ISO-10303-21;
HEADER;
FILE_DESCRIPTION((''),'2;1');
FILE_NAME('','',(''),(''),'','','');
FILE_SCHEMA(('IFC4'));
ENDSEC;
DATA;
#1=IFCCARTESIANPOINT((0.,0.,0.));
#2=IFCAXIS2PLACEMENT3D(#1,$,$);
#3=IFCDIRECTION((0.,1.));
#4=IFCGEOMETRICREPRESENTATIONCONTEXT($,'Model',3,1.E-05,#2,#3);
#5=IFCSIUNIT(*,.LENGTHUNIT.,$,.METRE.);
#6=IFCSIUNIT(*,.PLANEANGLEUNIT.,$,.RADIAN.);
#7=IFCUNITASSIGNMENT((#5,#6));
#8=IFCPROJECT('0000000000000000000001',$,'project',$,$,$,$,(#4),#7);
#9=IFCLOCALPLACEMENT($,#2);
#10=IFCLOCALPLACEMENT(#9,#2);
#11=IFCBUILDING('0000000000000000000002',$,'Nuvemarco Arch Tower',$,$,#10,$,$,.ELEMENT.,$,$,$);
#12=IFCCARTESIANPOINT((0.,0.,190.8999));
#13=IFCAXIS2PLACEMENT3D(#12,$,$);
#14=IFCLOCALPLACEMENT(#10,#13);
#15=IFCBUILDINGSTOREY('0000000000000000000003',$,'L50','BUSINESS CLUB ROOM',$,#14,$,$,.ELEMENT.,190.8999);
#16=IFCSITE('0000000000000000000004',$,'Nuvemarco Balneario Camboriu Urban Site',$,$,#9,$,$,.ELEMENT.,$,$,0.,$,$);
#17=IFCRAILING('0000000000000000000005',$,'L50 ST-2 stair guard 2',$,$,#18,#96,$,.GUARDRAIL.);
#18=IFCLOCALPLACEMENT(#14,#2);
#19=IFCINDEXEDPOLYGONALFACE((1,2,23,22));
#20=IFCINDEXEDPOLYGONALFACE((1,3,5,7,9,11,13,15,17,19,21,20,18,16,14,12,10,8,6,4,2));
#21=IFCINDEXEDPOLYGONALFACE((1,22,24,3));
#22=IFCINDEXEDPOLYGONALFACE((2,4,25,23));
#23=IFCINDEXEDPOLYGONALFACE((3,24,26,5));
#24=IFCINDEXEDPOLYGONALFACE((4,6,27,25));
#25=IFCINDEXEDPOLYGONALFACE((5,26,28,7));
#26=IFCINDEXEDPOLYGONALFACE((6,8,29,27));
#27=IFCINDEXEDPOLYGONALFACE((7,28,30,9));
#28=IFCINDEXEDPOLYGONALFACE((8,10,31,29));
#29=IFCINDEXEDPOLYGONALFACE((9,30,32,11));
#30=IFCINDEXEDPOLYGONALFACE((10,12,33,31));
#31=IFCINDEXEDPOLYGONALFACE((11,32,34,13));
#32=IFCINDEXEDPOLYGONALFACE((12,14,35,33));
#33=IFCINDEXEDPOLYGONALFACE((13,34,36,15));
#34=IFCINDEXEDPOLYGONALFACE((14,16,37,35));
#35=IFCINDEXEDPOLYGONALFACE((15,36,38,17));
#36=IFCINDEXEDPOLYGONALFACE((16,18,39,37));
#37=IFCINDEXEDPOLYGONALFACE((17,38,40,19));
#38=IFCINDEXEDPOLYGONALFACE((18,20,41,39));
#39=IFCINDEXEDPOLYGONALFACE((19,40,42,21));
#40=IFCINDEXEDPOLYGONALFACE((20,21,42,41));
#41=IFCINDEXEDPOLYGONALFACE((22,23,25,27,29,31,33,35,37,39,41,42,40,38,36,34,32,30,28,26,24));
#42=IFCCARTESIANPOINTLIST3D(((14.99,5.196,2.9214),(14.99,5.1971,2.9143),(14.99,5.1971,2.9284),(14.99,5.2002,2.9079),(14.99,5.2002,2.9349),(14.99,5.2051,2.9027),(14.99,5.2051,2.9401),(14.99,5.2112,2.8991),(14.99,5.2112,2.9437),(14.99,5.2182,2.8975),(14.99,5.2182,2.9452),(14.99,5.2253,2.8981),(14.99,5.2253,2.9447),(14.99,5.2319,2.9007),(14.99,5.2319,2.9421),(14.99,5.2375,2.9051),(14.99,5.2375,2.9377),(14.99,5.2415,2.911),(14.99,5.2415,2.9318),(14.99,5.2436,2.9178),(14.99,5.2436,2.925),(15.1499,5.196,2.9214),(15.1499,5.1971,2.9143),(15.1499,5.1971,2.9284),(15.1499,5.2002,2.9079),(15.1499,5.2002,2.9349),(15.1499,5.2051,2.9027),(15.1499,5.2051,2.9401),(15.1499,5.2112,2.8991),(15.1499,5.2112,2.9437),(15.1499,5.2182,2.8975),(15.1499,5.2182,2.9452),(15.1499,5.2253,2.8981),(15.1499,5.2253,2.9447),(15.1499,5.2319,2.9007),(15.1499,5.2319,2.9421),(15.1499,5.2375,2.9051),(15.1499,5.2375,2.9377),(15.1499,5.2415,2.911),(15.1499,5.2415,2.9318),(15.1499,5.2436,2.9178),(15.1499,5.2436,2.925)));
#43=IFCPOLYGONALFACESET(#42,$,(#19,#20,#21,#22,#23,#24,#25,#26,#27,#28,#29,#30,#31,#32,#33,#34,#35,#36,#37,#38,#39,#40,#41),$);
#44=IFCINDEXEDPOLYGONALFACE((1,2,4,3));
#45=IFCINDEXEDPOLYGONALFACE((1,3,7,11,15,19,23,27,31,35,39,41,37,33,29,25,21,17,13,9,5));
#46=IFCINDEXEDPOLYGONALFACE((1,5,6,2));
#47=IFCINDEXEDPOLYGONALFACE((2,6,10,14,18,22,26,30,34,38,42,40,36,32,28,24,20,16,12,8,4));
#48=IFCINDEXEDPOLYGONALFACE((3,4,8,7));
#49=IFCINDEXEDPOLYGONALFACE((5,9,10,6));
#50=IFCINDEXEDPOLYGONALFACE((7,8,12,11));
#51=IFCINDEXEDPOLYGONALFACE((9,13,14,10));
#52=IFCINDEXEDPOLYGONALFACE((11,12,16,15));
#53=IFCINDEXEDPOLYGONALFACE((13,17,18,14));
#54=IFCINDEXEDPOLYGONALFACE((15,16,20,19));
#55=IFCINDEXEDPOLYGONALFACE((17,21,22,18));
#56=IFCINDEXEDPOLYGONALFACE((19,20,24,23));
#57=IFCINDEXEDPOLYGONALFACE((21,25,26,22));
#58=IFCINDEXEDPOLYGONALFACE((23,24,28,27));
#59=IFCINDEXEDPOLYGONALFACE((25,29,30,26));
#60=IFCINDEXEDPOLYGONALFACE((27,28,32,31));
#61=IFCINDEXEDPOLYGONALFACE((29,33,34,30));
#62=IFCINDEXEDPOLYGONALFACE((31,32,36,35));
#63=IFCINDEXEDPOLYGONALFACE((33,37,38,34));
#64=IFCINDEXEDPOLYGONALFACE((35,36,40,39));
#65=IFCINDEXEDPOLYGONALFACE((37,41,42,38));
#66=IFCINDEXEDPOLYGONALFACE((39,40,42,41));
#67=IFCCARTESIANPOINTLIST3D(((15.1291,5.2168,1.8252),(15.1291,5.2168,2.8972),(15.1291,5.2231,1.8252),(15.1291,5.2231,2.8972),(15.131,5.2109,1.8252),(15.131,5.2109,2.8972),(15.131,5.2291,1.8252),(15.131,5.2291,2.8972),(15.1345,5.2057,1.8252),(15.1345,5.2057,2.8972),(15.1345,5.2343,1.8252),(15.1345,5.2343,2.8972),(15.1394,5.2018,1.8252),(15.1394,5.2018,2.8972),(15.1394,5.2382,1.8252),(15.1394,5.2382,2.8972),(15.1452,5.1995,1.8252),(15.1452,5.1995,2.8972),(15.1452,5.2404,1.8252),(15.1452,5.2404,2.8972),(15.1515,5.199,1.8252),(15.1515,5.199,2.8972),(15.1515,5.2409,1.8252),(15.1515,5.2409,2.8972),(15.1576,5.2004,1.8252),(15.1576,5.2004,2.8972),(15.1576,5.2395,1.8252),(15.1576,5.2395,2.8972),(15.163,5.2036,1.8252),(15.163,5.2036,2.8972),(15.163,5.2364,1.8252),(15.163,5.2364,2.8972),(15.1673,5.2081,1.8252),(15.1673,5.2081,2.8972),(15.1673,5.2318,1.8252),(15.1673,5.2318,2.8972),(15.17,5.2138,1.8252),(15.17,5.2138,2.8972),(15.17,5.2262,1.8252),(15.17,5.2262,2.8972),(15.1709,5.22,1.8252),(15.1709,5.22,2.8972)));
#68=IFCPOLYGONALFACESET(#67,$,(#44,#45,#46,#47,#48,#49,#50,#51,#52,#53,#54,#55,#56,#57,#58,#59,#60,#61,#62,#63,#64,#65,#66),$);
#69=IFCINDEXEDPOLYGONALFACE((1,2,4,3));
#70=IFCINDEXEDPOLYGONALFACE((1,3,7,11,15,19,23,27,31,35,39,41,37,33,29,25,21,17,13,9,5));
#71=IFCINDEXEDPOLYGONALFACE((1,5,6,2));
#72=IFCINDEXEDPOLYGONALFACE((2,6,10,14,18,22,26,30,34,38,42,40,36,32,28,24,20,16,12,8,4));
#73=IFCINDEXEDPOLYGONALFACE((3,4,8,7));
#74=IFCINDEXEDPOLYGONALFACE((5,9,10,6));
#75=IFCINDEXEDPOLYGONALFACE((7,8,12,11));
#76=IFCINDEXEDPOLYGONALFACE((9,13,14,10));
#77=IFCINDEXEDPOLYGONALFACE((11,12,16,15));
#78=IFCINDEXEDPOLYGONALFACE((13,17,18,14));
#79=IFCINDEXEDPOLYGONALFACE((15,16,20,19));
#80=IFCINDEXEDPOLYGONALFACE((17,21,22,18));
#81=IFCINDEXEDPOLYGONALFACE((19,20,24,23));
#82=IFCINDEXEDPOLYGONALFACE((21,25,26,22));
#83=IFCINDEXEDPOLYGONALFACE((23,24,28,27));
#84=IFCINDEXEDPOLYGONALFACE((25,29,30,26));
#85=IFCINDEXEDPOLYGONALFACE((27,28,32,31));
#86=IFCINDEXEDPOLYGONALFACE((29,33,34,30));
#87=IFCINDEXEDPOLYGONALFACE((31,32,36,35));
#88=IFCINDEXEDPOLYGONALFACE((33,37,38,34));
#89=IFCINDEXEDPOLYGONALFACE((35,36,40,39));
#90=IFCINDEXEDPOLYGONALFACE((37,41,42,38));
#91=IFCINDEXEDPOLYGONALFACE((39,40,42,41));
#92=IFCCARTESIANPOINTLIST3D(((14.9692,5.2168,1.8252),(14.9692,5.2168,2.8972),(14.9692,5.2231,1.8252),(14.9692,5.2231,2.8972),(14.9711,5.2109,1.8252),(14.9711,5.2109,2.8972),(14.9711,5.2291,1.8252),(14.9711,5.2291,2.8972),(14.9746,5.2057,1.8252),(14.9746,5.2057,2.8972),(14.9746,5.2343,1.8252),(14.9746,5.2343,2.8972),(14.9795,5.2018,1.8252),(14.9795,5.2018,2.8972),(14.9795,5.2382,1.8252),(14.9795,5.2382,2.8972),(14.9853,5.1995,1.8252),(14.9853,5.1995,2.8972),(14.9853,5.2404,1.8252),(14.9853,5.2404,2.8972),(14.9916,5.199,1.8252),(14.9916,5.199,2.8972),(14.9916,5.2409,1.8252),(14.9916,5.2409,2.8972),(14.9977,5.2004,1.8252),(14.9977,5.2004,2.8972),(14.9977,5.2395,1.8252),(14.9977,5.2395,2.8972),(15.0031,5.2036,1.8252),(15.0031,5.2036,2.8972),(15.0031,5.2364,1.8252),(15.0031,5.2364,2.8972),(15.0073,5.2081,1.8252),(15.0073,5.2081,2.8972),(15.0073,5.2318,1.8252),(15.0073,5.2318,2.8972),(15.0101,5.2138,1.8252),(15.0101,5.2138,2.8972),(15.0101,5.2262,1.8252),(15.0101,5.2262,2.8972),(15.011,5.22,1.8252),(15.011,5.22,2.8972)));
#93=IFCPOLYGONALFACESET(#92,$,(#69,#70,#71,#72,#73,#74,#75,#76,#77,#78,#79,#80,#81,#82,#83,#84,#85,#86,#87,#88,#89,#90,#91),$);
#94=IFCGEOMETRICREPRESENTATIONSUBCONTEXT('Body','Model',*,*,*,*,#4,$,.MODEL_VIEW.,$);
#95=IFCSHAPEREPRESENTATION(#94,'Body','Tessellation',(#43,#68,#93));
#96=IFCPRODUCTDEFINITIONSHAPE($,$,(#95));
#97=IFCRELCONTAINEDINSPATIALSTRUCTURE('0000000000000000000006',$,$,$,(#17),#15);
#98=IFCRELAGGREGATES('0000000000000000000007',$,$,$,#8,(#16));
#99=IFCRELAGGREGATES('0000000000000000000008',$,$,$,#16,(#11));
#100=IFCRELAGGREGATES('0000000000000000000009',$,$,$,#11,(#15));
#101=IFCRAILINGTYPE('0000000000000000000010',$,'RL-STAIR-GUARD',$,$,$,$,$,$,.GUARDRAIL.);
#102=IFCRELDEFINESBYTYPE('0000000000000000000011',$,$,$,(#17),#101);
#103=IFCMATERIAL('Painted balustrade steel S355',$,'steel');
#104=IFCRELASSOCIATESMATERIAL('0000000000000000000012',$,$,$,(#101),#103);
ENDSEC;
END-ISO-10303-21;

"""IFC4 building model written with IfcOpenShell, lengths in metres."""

from ifc_helpers import new_model, si_unit, direction, frame, origin, origin_2d, place, context, subcontext, project, spatial, circle, extrude, material, type_object, element, save


model = new_model("IFC4")

# Units and contexts
model_context = context("Model", 3, precision=1e-05, world=origin(), true_north=direction((0.0, 1.0)))
body_context = subcontext(model_context, "Body", "Model", "MODEL_VIEW")
ifc_project = project(units=[si_unit("LENGTHUNIT", "METRE"), si_unit("PLANEANGLEUNIT", "RADIAN")], contexts=[model_context])

# Site, building, storey
site_placement = place(None, origin())
site = spatial("IfcSite", under=ifc_project, at=site_placement, Name="Nuvemarco Balneario Camboriu Urban Site", CompositionType="ELEMENT", RefElevation=0.0)
building_placement = place(site_placement, origin())
building = spatial("IfcBuilding", under=site, at=building_placement, Name="Nuvemarco Arch Tower", CompositionType="ELEMENT")
storey_placement = place(building_placement, frame((0.0, 0.0, 190.8999)))
storey = spatial("IfcBuildingStorey", under=building, at=storey_placement, Name="L50", Description="BUSINESS CLUB ROOM", CompositionType="ELEMENT", Elevation=190.8999)

# Railing
ifc_material_1 = material(Name="Painted balustrade steel S355", Category="steel")
railing_type_1 = type_object("IfcRailingType", Name="RL-STAIR-GUARD", PredefinedType="GUARDRAIL", material=ifc_material_1)
railing_1_placement = place(storey_placement, frame((15.1499, 5.22, 1.8252)))
element("IfcRailing", 1, at=railing_1_placement, inside=storey, type_object=railing_type_1, Name="L50 ST-2 stair guard 2", PredefinedType="GUARDRAIL", context=body_context, shape_type="SweptSolid", body=[
    extrude(circle(Radius=0.0239, at=origin_2d()), frame((0.0, 0.0, 1.0962), z_axis=(-1.0, 0.0, 0.0), x_axis=(0.0, -1.0, 0.0)), (0.0, 0.0, 1.0), 0.1599),
    extrude(circle(Radius=0.021, at=origin_2d()), origin(), (0.0, 0.0, 1.0), 1.072),
    extrude(circle(Radius=0.021, at=origin_2d()), frame((-0.1599, 0.0, 0.0)), (0.0, 0.0, 1.0), 1.072),
])

save(model, "model.ifc")
